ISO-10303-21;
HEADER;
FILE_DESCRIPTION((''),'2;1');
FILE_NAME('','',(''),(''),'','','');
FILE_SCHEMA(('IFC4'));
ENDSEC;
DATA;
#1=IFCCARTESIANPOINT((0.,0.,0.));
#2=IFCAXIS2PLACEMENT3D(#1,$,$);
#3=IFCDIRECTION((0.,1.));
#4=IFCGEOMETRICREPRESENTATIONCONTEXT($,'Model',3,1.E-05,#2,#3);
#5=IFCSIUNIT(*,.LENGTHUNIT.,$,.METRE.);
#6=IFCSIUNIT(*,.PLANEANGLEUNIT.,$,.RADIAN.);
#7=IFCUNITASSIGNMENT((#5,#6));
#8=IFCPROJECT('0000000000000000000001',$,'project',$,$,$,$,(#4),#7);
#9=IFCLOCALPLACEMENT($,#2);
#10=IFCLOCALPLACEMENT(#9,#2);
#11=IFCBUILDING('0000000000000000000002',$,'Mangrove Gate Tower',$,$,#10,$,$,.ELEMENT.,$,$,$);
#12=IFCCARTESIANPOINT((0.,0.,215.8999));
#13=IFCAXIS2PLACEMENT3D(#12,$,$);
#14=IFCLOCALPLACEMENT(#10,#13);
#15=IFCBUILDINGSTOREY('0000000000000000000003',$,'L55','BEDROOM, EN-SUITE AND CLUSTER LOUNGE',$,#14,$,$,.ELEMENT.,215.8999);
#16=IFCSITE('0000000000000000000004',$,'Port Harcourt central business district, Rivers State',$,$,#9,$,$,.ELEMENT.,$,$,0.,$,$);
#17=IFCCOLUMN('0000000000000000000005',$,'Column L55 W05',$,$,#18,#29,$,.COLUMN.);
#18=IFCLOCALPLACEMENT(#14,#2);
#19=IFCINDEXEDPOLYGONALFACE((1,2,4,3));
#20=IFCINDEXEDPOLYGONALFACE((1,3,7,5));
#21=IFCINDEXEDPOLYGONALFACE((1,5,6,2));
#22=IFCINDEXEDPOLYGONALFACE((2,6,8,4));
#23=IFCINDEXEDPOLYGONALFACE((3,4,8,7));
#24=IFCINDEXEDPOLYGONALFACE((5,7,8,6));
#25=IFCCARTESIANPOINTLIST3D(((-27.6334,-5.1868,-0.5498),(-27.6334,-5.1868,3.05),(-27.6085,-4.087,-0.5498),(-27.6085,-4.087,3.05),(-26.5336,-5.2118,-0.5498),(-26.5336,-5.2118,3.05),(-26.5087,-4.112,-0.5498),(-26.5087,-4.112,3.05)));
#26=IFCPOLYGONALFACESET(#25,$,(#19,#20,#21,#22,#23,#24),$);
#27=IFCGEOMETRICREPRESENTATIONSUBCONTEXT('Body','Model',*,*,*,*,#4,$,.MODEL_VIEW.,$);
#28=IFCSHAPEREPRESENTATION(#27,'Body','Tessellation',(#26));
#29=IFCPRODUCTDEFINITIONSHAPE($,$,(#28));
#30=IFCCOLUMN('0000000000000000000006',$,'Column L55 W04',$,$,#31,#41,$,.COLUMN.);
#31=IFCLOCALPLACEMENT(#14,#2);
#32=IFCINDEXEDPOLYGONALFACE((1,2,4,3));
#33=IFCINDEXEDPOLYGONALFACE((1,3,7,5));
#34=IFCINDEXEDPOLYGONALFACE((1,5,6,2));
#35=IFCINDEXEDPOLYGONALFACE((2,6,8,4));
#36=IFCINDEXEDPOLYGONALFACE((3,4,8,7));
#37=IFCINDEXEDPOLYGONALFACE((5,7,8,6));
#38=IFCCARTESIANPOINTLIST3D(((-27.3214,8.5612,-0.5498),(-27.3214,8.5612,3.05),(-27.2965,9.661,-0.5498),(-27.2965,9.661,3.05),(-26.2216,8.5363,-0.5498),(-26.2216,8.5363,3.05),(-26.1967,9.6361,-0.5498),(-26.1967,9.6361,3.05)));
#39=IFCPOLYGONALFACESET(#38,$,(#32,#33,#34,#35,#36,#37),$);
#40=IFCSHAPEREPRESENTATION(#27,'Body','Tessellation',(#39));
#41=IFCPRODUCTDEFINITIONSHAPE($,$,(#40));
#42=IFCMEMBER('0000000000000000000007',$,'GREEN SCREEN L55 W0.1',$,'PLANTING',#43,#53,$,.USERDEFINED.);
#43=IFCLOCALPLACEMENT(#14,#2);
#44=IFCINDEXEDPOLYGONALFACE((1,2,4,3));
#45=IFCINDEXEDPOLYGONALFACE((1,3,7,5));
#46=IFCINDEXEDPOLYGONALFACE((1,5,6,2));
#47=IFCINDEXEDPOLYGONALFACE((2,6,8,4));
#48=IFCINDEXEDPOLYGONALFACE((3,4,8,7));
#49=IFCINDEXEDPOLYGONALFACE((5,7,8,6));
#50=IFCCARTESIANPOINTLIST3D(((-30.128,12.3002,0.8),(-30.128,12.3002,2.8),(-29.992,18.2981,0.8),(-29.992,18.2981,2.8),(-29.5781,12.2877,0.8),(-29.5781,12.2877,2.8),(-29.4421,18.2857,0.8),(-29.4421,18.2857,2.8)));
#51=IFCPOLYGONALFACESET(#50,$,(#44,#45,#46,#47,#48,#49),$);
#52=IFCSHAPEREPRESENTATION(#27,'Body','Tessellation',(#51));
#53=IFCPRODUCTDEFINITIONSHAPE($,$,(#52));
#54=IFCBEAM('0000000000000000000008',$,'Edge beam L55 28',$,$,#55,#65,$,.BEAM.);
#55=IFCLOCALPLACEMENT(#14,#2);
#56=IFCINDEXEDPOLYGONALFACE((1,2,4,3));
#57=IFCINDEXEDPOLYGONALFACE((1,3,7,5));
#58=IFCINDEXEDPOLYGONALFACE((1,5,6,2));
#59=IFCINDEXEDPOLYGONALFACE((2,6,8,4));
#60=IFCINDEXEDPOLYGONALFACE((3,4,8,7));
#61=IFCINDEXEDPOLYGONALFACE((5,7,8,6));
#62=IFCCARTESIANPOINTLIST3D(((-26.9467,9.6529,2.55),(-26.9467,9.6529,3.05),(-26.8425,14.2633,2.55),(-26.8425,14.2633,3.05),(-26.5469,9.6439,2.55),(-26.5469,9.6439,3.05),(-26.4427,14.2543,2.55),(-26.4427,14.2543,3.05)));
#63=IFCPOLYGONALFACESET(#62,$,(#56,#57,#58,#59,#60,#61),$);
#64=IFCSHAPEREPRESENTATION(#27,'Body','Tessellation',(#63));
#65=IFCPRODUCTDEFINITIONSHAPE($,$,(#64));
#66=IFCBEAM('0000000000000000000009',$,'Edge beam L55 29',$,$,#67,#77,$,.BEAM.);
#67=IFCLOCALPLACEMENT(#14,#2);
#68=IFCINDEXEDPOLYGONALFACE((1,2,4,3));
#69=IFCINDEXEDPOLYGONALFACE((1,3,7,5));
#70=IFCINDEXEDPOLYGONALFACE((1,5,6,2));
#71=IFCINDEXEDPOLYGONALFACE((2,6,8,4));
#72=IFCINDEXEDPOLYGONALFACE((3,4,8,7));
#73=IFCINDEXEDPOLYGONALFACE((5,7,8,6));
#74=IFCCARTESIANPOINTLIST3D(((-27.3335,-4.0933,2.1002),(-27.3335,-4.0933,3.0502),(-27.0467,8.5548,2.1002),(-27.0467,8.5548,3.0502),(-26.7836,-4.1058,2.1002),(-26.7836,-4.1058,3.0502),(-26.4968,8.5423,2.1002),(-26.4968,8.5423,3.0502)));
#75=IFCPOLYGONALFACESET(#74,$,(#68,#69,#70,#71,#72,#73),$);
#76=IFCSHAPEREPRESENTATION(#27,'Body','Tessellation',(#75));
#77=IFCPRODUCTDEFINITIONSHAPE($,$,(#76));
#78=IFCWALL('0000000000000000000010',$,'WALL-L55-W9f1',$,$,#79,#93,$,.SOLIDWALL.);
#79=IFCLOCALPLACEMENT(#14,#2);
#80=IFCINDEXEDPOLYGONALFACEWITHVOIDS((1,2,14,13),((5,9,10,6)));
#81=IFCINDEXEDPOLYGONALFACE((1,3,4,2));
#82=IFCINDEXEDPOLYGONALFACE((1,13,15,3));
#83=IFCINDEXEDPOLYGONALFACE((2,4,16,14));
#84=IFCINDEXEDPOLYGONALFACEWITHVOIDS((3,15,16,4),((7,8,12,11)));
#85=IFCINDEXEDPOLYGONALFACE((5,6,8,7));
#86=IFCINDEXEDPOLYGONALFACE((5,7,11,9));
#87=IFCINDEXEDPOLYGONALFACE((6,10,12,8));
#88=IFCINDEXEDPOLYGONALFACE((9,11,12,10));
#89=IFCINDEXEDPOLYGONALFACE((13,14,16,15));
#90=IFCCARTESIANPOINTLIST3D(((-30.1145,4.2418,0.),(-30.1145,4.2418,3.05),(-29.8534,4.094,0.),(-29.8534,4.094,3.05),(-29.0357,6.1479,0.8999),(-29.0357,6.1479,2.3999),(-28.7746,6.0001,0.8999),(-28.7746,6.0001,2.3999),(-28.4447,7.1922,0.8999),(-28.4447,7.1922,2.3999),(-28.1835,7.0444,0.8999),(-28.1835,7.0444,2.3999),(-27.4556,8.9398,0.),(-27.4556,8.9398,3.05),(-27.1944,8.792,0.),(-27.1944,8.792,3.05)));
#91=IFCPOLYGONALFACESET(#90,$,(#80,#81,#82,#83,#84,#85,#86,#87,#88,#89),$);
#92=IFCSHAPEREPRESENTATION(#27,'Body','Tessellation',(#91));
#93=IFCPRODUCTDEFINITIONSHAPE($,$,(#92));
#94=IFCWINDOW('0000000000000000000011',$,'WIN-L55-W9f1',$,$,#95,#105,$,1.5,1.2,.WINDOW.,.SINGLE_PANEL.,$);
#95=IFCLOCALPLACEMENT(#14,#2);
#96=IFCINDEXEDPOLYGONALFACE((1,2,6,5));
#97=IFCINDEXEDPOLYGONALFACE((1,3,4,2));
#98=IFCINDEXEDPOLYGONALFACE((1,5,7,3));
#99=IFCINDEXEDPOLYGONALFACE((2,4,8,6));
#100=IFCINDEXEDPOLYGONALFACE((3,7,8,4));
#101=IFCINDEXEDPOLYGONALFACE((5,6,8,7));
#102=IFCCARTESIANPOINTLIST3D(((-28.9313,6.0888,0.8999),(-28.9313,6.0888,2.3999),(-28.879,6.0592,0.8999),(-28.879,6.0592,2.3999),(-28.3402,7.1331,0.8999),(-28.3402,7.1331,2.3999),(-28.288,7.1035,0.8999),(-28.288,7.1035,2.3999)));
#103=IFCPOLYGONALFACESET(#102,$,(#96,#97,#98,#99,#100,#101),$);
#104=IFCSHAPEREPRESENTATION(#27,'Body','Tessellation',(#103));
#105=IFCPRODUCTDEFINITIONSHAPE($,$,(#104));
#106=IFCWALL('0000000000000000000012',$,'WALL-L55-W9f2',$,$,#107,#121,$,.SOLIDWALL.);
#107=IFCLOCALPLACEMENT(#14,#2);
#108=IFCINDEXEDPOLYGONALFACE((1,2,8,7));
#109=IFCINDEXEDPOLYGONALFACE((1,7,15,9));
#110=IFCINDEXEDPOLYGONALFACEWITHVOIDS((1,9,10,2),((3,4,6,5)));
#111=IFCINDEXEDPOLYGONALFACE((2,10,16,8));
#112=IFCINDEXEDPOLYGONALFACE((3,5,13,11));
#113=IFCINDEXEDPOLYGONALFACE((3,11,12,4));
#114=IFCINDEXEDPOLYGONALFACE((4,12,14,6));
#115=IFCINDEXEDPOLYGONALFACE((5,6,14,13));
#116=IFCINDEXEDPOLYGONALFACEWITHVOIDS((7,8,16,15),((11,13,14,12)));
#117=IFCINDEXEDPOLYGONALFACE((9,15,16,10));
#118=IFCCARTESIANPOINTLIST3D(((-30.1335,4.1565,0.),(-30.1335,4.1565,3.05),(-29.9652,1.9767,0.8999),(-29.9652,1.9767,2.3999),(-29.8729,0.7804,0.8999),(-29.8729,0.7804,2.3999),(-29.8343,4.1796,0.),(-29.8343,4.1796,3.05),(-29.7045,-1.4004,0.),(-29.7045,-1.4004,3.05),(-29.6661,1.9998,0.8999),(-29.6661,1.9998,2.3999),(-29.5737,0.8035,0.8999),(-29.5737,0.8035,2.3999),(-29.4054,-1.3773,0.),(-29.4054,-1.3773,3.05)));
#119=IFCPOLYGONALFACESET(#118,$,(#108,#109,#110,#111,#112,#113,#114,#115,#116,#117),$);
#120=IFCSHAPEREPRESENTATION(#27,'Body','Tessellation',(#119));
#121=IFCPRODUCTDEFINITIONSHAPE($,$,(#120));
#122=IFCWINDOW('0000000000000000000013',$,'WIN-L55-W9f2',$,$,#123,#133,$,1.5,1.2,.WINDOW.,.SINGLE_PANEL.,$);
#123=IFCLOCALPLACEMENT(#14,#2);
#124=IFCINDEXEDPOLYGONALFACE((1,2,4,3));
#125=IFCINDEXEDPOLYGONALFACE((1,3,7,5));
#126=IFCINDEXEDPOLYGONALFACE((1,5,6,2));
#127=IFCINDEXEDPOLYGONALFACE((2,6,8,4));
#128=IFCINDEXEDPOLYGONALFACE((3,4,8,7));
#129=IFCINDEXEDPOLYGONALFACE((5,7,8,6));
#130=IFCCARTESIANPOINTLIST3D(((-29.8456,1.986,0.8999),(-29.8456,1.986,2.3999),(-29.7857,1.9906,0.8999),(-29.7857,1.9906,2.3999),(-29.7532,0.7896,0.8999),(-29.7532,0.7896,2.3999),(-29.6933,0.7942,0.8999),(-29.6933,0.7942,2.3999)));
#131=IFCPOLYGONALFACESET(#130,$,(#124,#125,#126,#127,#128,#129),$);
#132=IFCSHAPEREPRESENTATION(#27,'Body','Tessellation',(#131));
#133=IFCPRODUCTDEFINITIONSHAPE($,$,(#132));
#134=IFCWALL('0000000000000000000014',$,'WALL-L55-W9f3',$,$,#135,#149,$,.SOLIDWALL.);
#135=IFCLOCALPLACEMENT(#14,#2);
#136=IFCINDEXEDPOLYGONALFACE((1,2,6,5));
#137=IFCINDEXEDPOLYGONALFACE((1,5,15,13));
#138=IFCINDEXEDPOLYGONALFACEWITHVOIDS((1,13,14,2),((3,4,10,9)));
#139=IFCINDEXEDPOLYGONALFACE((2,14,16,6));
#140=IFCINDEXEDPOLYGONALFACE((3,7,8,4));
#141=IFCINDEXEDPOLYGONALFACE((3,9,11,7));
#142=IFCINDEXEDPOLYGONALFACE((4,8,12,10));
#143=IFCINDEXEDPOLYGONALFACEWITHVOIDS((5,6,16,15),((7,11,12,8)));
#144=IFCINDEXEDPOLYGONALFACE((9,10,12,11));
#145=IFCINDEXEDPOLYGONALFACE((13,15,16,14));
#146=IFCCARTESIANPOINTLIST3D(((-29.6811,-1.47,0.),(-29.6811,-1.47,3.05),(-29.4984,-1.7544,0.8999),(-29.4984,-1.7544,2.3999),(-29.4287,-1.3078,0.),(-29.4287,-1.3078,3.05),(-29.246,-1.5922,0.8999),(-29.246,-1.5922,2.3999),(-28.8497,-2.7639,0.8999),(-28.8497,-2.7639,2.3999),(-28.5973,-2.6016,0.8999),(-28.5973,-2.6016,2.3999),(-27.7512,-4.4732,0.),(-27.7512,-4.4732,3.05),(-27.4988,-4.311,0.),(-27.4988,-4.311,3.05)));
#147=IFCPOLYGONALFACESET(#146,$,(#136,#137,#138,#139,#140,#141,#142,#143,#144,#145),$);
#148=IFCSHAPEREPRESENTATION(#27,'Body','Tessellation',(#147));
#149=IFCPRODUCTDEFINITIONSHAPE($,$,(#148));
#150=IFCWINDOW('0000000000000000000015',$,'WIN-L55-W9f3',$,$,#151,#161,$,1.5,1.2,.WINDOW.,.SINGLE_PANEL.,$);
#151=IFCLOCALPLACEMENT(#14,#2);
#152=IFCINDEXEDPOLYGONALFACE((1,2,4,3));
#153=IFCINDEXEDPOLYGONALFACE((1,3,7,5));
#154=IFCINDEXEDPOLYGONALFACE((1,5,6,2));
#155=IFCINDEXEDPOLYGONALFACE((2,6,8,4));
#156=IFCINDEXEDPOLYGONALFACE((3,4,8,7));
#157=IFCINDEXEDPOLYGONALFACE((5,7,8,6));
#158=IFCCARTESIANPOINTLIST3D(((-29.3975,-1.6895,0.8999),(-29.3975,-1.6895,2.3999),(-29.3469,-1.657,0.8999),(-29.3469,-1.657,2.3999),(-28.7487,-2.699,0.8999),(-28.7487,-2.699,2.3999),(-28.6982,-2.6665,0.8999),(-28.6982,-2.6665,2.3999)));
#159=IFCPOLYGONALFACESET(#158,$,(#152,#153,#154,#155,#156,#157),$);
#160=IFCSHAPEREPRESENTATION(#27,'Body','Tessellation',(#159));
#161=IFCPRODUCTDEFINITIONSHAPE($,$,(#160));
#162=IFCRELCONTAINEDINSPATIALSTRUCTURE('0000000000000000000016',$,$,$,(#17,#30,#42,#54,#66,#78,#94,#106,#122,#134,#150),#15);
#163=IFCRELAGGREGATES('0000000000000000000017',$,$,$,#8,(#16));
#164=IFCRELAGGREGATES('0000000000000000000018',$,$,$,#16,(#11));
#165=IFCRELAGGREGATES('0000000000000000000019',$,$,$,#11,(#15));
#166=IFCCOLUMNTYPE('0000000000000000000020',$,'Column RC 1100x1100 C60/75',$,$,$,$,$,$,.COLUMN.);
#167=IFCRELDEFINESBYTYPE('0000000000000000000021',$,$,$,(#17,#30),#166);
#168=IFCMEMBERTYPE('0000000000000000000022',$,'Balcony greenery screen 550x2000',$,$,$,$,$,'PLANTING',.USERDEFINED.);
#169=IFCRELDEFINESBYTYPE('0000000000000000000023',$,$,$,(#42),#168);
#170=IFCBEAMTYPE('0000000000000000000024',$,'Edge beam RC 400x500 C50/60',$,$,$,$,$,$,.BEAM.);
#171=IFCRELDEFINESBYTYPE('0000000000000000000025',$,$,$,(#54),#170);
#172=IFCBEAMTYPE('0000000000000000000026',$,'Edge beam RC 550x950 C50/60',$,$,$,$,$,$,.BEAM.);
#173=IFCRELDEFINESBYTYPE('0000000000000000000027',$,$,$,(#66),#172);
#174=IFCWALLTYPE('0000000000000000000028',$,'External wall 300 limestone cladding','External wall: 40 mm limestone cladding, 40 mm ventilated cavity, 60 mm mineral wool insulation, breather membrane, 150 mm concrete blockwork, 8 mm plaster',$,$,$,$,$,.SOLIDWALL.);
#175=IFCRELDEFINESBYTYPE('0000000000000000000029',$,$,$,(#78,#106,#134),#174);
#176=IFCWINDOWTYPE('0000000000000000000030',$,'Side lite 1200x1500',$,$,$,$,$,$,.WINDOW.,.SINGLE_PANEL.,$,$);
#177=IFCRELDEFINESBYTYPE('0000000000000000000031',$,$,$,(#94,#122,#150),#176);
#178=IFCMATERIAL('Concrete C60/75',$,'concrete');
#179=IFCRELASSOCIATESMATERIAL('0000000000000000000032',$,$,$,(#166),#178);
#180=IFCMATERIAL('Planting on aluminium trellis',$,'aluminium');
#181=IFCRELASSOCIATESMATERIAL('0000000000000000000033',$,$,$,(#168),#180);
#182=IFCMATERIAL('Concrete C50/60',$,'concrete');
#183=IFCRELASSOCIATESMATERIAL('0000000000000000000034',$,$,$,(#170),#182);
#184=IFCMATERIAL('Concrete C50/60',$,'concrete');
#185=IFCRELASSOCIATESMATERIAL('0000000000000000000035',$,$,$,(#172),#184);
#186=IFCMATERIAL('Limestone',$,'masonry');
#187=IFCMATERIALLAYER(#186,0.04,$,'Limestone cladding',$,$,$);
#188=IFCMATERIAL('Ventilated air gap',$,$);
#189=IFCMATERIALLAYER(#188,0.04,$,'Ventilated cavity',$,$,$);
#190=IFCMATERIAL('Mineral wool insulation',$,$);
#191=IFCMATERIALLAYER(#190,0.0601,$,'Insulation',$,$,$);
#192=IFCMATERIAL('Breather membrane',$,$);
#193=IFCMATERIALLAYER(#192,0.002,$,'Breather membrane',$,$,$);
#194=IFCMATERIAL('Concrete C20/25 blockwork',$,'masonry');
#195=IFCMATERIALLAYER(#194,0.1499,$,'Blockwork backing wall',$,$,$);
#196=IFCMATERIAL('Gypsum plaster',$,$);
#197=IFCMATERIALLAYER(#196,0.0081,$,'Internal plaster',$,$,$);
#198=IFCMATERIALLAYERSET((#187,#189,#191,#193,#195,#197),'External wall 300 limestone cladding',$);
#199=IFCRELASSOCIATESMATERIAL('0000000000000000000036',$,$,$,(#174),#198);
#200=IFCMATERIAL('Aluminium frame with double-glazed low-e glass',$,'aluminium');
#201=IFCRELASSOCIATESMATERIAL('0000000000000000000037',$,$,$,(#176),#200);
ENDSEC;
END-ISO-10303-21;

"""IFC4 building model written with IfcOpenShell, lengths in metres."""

from ifc_helpers import new_model, si_unit, direction, frame, frame_2d, origin, origin_2d, place, context, subcontext, project, spatial, rectangle, extrude, material, layer, layer_set, material_profile, profile_set, type_object, element, fill, save


model = new_model("IFC4")

# Units and contexts
model_context = context("Model", 3, precision=1e-05, world=origin(), true_north=direction((0.0, 1.0)))
body_context = subcontext(model_context, "Body", "Model", "MODEL_VIEW")
ifc_project = project(units=[si_unit("LENGTHUNIT", "METRE"), si_unit("PLANEANGLEUNIT", "RADIAN")], contexts=[model_context])

# Site, building, storey
site_placement = place(None, origin())
site = spatial("IfcSite", under=ifc_project, at=site_placement, Name="Port Harcourt central business district, Rivers State", CompositionType="ELEMENT", RefElevation=0.0)
building_placement = place(site_placement, origin())
building = spatial("IfcBuilding", under=site, at=building_placement, Name="Mangrove Gate Tower", CompositionType="ELEMENT")
storey_placement = place(building_placement, frame((0.0, 0.0, 215.8999)))
storey = spatial("IfcBuildingStorey", under=building, at=storey_placement, Name="L55", Description="BEDROOM, EN-SUITE AND CLUSTER LOUNGE", CompositionType="ELEMENT", Elevation=215.8999)

# Columns
ifc_material_1 = material(Name="Concrete C60/75", Category="concrete")
ifc_material_profile_1 = material_profile(ifc_material_1, rectangle(XDim=1.1001, YDim=1.1001, at=origin_2d()))
ifc_profile_set_1 = profile_set([ifc_material_profile_1], Name="Concrete C60/75")
column_type = type_object("IfcColumnType", Name="Column RC 1100x1100 C60/75", PredefinedType="COLUMN", material=ifc_profile_set_1)
for number, where, z_axis, x_axis, name in (
    (1, (-27.071, -4.6494, -0.5498), (0.0, 0.0, 1.0), (-0.022682, -0.999743, 0.0), "Column L55 W05"),
    (2, (-26.759, 9.0986, -0.5498), (0.0, 0.0, 1.0), (-0.022658, -0.999743, 0.0), "Column L55 W04"),
):
    element("IfcColumn", number, at=place(storey_placement, frame(where, z_axis=z_axis, x_axis=x_axis)), inside=storey, type_object=column_type, Name=name, PredefinedType="COLUMN", context=body_context, shape_type="SweptSolid", body=[
        extrude(rectangle(XDim=1.1001, YDim=1.1001, at=origin_2d()), origin(), (0.0, 0.0, 1.0), 3.5999),
    ])

# Member
ifc_material_2 = material(Name="Planting on aluminium trellis", Category="aluminium")
ifc_material_profile_2 = material_profile(ifc_material_2, rectangle(XDim=0.55, YDim=2.0, at=origin_2d()))
ifc_profile_set_2 = profile_set([ifc_material_profile_2], Name="Planting on aluminium trellis")
member_type = type_object("IfcMemberType", Name="Balcony greenery screen 550x2000", ElementType="PLANTING", PredefinedType="USERDEFINED", material=ifc_profile_set_2)
member_placement = place(storey_placement, frame((-29.853, 12.2939, 1.8), z_axis=(0.022666, 0.999743, 0.0), x_axis=(-0.999743, 0.022666, 0.0)))
element("IfcMember", 3, at=member_placement, inside=storey, type_object=member_type, Name="GREEN SCREEN L55 W0.1", ObjectType="PLANTING", PredefinedType="USERDEFINED", context=body_context, shape_type="SweptSolid", body=[
    extrude(rectangle(XDim=0.55, YDim=2.0, at=origin_2d()), origin(), (0.0, 0.0, 1.0), 5.9995),
])

# Beams
ifc_material_3 = material(Name="Concrete C50/60", Category="concrete")
ifc_material_profile_3 = material_profile(ifc_material_3, rectangle(XDim=0.3999, YDim=0.5, at=origin_2d()))
ifc_profile_set_3 = profile_set([ifc_material_profile_3], Name="Concrete C50/60")
beam_type_1 = type_object("IfcBeamType", Name="Edge beam RC 400x500 C50/60", PredefinedType="BEAM", material=ifc_profile_set_3)
beam_1_placement = place(storey_placement, frame((-26.6426, 14.2588, 2.8), z_axis=(-0.022606, -0.999744, 0.0), x_axis=(0.999744, -0.022606, 0.0)))
element("IfcBeam", 4, at=beam_1_placement, inside=storey, type_object=beam_type_1, Name="Edge beam L55 28", PredefinedType="BEAM", context=body_context, shape_type="SweptSolid", body=[
    extrude(rectangle(XDim=0.3999, YDim=0.5, at=origin_2d()), origin(), (0.0, 0.0, 1.0), 4.6116),
])
ifc_material_4 = material(Name="Concrete C50/60", Category="concrete")
ifc_material_profile_4 = material_profile(ifc_material_4, rectangle(XDim=0.55, YDim=0.95, at=origin_2d()))
ifc_profile_set_4 = profile_set([ifc_material_profile_4], Name="Concrete C50/60")
beam_type_2 = type_object("IfcBeamType", Name="Edge beam RC 550x950 C50/60", PredefinedType="BEAM", material=ifc_profile_set_4)
beam_2_placement = place(storey_placement, frame((-26.7717, 8.5486, 2.5752), z_axis=(-0.022675, -0.999743, 0.0), x_axis=(0.999743, -0.022675, 0.0)))
element("IfcBeam", 5, at=beam_2_placement, inside=storey, type_object=beam_type_2, Name="Edge beam L55 29", PredefinedType="BEAM", context=body_context, shape_type="SweptSolid", body=[
    extrude(rectangle(XDim=0.55, YDim=0.95, at=origin_2d()), origin(), (0.0, 0.0, 1.0), 12.6514),
])

# Walls, openings, windows
ifc_material_5 = material(Name="Limestone", Category="masonry")
ifc_layer_1 = layer(ifc_material_5, 0.04, Name="Limestone cladding")
ifc_material_6 = material(Name="Ventilated air gap")
ifc_layer_2 = layer(ifc_material_6, 0.04, Name="Ventilated cavity")
ifc_material_7 = material(Name="Mineral wool insulation")
ifc_layer_3 = layer(ifc_material_7, 0.0601, Name="Insulation")
ifc_material_8 = material(Name="Breather membrane")
ifc_layer_4 = layer(ifc_material_8, 0.002, Name="Breather membrane")
ifc_material_9 = material(Name="Concrete C20/25 blockwork", Category="masonry")
ifc_layer_5 = layer(ifc_material_9, 0.1499, Name="Blockwork backing wall")
ifc_material_10 = material(Name="Gypsum plaster")
ifc_layer_6 = layer(ifc_material_10, 0.0081, Name="Internal plaster")
ifc_layer_set_1 = layer_set([ifc_layer_1, ifc_layer_2, ifc_layer_3, ifc_layer_4, ifc_layer_5, ifc_layer_6], Name="External wall 300 limestone cladding")
wall_type_1 = type_object("IfcWallType", Name="External wall 300 limestone cladding", Description="External wall: 40 mm limestone cladding, 40 mm ventilated cavity, 60 mm mineral wool insulation, breather membrane, 150 mm concrete blockwork, 8 mm plaster", PredefinedType="SOLIDWALL", material=ifc_layer_set_1)
wall_1_placement = place(storey_placement, frame((-27.325, 8.866, 0.0), z_axis=(0.0, 0.0, 1.0), x_axis=(-0.492555, -0.870281, 0.0)))
wall_1 = element("IfcWall", 6, at=wall_1_placement, inside=storey, type_object=wall_type_1, Name="WALL-L55-W9f1", PredefinedType="SOLIDWALL", context=body_context, shape_type="SweptSolid", body=[
    extrude(rectangle(XDim=5.3982, YDim=0.3, at=frame_2d((2.6992, 0.0))), origin(), (0.0, 0.0, 1.0), 3.05),
])
opening_1_placement = place(wall_1_placement, frame((2.0081, 0.0, 0.8999)))
opening_1 = element("IfcOpeningElement", 7, at=opening_1_placement, cuts=wall_1, PredefinedType="OPENING", context=body_context, shape_type="SweptSolid", body=[
    extrude(rectangle(XDim=1.2, YDim=1.5, at=frame_2d((0.6001, 0.75))), frame((0.0, 0.1599, 0.0), z_axis=(0.0, -1.0, 0.0), x_axis=(1.0, 0.0, 0.0)), (0.0, 0.0, 1.0), 0.3201),
])
ifc_material_11 = material(Name="Aluminium frame with double-glazed low-e glass", Category="aluminium")
window_type_1 = type_object("IfcWindowType", Name="Side lite 1200x1500", PartitioningType="SINGLE_PANEL", PredefinedType="WINDOW", material=ifc_material_11)
window_1_placement = place(opening_1_placement, origin())
window_1 = element("IfcWindow", 8, at=window_1_placement, inside=storey, type_object=window_type_1, Name="WIN-L55-W9f1", OverallHeight=1.5, OverallWidth=1.2, PartitioningType="SINGLE_PANEL", PredefinedType="WINDOW", context=body_context, shape_type="SweptSolid", body=[
    extrude(rectangle(XDim=1.2, YDim=1.5, at=frame_2d((0.6001, 0.75))), frame((0.0, 0.03, 0.0), z_axis=(0.0, -1.0, 0.0), x_axis=(1.0, 0.0, 0.0)), (0.0, 0.0, 1.0), 0.0601),
])
fill(opening_1, window_1)
wall_2_placement = place(storey_placement, frame((-29.9839, 4.168, 0.0), z_axis=(0.0, 0.0, 1.0), x_axis=(0.076964, -0.997034, 0.0)))
wall_2 = element("IfcWall", 9, at=wall_2_placement, inside=storey, type_object=wall_type_1, Name="WALL-L55-W9f2", PredefinedType="SOLIDWALL", context=body_context, shape_type="SweptSolid", body=[
    extrude(rectangle(XDim=5.5735, YDim=0.3, at=frame_2d((2.7866, 0.0))), origin(), (0.0, 0.0, 1.0), 3.05),
])
opening_2_placement = place(wall_2_placement, frame((2.186, 0.0, 0.8999)))
opening_2 = element("IfcOpeningElement", 10, at=opening_2_placement, cuts=wall_2, PredefinedType="OPENING", context=body_context, shape_type="SweptSolid", body=[
    extrude(rectangle(XDim=1.2, YDim=1.5, at=frame_2d((0.6001, 0.75))), frame((0.0, 0.1599, 0.0), z_axis=(0.0, -1.0, 0.0), x_axis=(1.0, 0.0, 0.0)), (0.0, 0.0, 1.0), 0.3201),
])
window_2_placement = place(opening_2_placement, origin())
window_2 = element("IfcWindow", 11, at=window_2_placement, inside=storey, type_object=window_type_1, Name="WIN-L55-W9f2", OverallHeight=1.5, OverallWidth=1.2, PartitioningType="SINGLE_PANEL", PredefinedType="WINDOW", context=body_context, shape_type="SweptSolid", body=[
    extrude(rectangle(XDim=1.2, YDim=1.5, at=frame_2d((0.6001, 0.75))), frame((0.0, 0.03, 0.0), z_axis=(0.0, -1.0, 0.0), x_axis=(1.0, 0.0, 0.0)), (0.0, 0.0, 1.0), 0.0601),
])
fill(opening_2, window_2)
wall_3_placement = place(storey_placement, frame((-29.5549, -1.3889, 0.0), z_axis=(0.0, 0.0, 1.0), x_axis=(0.540623, -0.841265, 0.0)))
wall_3 = element("IfcWall", 12, at=wall_3_placement, inside=storey, type_object=wall_type_1, Name="WALL-L55-W9f3", PredefinedType="SOLIDWALL", context=body_context, shape_type="SweptSolid", body=[
    extrude(rectangle(XDim=3.5698, YDim=0.3, at=frame_2d((1.7849, 0.0))), origin(), (0.0, 0.0, 1.0), 3.05),
])
opening_3_placement = place(wall_3_placement, frame((0.3379, 0.0, 0.8999)))
opening_3 = element("IfcOpeningElement", 13, at=opening_3_placement, cuts=wall_3, PredefinedType="OPENING", context=body_context, shape_type="SweptSolid", body=[
    extrude(rectangle(XDim=1.2, YDim=1.5, at=frame_2d((0.6001, 0.75))), frame((0.0, 0.1599, 0.0), z_axis=(0.0, -1.0, 0.0), x_axis=(1.0, 0.0, 0.0)), (0.0, 0.0, 1.0), 0.3201),
])
window_3_placement = place(opening_3_placement, origin())
window_3 = element("IfcWindow", 14, at=window_3_placement, inside=storey, type_object=window_type_1, Name="WIN-L55-W9f3", OverallHeight=1.5, OverallWidth=1.2, PartitioningType="SINGLE_PANEL", PredefinedType="WINDOW", context=body_context, shape_type="SweptSolid", body=[
    extrude(rectangle(XDim=1.2, YDim=1.5, at=frame_2d((0.6001, 0.75))), frame((0.0, 0.03, 0.0), z_axis=(0.0, -1.0, 0.0), x_axis=(1.0, 0.0, 0.0)), (0.0, 0.0, 1.0), 0.0601),
])
fill(opening_3, window_3)

save(model, "model.ifc")
